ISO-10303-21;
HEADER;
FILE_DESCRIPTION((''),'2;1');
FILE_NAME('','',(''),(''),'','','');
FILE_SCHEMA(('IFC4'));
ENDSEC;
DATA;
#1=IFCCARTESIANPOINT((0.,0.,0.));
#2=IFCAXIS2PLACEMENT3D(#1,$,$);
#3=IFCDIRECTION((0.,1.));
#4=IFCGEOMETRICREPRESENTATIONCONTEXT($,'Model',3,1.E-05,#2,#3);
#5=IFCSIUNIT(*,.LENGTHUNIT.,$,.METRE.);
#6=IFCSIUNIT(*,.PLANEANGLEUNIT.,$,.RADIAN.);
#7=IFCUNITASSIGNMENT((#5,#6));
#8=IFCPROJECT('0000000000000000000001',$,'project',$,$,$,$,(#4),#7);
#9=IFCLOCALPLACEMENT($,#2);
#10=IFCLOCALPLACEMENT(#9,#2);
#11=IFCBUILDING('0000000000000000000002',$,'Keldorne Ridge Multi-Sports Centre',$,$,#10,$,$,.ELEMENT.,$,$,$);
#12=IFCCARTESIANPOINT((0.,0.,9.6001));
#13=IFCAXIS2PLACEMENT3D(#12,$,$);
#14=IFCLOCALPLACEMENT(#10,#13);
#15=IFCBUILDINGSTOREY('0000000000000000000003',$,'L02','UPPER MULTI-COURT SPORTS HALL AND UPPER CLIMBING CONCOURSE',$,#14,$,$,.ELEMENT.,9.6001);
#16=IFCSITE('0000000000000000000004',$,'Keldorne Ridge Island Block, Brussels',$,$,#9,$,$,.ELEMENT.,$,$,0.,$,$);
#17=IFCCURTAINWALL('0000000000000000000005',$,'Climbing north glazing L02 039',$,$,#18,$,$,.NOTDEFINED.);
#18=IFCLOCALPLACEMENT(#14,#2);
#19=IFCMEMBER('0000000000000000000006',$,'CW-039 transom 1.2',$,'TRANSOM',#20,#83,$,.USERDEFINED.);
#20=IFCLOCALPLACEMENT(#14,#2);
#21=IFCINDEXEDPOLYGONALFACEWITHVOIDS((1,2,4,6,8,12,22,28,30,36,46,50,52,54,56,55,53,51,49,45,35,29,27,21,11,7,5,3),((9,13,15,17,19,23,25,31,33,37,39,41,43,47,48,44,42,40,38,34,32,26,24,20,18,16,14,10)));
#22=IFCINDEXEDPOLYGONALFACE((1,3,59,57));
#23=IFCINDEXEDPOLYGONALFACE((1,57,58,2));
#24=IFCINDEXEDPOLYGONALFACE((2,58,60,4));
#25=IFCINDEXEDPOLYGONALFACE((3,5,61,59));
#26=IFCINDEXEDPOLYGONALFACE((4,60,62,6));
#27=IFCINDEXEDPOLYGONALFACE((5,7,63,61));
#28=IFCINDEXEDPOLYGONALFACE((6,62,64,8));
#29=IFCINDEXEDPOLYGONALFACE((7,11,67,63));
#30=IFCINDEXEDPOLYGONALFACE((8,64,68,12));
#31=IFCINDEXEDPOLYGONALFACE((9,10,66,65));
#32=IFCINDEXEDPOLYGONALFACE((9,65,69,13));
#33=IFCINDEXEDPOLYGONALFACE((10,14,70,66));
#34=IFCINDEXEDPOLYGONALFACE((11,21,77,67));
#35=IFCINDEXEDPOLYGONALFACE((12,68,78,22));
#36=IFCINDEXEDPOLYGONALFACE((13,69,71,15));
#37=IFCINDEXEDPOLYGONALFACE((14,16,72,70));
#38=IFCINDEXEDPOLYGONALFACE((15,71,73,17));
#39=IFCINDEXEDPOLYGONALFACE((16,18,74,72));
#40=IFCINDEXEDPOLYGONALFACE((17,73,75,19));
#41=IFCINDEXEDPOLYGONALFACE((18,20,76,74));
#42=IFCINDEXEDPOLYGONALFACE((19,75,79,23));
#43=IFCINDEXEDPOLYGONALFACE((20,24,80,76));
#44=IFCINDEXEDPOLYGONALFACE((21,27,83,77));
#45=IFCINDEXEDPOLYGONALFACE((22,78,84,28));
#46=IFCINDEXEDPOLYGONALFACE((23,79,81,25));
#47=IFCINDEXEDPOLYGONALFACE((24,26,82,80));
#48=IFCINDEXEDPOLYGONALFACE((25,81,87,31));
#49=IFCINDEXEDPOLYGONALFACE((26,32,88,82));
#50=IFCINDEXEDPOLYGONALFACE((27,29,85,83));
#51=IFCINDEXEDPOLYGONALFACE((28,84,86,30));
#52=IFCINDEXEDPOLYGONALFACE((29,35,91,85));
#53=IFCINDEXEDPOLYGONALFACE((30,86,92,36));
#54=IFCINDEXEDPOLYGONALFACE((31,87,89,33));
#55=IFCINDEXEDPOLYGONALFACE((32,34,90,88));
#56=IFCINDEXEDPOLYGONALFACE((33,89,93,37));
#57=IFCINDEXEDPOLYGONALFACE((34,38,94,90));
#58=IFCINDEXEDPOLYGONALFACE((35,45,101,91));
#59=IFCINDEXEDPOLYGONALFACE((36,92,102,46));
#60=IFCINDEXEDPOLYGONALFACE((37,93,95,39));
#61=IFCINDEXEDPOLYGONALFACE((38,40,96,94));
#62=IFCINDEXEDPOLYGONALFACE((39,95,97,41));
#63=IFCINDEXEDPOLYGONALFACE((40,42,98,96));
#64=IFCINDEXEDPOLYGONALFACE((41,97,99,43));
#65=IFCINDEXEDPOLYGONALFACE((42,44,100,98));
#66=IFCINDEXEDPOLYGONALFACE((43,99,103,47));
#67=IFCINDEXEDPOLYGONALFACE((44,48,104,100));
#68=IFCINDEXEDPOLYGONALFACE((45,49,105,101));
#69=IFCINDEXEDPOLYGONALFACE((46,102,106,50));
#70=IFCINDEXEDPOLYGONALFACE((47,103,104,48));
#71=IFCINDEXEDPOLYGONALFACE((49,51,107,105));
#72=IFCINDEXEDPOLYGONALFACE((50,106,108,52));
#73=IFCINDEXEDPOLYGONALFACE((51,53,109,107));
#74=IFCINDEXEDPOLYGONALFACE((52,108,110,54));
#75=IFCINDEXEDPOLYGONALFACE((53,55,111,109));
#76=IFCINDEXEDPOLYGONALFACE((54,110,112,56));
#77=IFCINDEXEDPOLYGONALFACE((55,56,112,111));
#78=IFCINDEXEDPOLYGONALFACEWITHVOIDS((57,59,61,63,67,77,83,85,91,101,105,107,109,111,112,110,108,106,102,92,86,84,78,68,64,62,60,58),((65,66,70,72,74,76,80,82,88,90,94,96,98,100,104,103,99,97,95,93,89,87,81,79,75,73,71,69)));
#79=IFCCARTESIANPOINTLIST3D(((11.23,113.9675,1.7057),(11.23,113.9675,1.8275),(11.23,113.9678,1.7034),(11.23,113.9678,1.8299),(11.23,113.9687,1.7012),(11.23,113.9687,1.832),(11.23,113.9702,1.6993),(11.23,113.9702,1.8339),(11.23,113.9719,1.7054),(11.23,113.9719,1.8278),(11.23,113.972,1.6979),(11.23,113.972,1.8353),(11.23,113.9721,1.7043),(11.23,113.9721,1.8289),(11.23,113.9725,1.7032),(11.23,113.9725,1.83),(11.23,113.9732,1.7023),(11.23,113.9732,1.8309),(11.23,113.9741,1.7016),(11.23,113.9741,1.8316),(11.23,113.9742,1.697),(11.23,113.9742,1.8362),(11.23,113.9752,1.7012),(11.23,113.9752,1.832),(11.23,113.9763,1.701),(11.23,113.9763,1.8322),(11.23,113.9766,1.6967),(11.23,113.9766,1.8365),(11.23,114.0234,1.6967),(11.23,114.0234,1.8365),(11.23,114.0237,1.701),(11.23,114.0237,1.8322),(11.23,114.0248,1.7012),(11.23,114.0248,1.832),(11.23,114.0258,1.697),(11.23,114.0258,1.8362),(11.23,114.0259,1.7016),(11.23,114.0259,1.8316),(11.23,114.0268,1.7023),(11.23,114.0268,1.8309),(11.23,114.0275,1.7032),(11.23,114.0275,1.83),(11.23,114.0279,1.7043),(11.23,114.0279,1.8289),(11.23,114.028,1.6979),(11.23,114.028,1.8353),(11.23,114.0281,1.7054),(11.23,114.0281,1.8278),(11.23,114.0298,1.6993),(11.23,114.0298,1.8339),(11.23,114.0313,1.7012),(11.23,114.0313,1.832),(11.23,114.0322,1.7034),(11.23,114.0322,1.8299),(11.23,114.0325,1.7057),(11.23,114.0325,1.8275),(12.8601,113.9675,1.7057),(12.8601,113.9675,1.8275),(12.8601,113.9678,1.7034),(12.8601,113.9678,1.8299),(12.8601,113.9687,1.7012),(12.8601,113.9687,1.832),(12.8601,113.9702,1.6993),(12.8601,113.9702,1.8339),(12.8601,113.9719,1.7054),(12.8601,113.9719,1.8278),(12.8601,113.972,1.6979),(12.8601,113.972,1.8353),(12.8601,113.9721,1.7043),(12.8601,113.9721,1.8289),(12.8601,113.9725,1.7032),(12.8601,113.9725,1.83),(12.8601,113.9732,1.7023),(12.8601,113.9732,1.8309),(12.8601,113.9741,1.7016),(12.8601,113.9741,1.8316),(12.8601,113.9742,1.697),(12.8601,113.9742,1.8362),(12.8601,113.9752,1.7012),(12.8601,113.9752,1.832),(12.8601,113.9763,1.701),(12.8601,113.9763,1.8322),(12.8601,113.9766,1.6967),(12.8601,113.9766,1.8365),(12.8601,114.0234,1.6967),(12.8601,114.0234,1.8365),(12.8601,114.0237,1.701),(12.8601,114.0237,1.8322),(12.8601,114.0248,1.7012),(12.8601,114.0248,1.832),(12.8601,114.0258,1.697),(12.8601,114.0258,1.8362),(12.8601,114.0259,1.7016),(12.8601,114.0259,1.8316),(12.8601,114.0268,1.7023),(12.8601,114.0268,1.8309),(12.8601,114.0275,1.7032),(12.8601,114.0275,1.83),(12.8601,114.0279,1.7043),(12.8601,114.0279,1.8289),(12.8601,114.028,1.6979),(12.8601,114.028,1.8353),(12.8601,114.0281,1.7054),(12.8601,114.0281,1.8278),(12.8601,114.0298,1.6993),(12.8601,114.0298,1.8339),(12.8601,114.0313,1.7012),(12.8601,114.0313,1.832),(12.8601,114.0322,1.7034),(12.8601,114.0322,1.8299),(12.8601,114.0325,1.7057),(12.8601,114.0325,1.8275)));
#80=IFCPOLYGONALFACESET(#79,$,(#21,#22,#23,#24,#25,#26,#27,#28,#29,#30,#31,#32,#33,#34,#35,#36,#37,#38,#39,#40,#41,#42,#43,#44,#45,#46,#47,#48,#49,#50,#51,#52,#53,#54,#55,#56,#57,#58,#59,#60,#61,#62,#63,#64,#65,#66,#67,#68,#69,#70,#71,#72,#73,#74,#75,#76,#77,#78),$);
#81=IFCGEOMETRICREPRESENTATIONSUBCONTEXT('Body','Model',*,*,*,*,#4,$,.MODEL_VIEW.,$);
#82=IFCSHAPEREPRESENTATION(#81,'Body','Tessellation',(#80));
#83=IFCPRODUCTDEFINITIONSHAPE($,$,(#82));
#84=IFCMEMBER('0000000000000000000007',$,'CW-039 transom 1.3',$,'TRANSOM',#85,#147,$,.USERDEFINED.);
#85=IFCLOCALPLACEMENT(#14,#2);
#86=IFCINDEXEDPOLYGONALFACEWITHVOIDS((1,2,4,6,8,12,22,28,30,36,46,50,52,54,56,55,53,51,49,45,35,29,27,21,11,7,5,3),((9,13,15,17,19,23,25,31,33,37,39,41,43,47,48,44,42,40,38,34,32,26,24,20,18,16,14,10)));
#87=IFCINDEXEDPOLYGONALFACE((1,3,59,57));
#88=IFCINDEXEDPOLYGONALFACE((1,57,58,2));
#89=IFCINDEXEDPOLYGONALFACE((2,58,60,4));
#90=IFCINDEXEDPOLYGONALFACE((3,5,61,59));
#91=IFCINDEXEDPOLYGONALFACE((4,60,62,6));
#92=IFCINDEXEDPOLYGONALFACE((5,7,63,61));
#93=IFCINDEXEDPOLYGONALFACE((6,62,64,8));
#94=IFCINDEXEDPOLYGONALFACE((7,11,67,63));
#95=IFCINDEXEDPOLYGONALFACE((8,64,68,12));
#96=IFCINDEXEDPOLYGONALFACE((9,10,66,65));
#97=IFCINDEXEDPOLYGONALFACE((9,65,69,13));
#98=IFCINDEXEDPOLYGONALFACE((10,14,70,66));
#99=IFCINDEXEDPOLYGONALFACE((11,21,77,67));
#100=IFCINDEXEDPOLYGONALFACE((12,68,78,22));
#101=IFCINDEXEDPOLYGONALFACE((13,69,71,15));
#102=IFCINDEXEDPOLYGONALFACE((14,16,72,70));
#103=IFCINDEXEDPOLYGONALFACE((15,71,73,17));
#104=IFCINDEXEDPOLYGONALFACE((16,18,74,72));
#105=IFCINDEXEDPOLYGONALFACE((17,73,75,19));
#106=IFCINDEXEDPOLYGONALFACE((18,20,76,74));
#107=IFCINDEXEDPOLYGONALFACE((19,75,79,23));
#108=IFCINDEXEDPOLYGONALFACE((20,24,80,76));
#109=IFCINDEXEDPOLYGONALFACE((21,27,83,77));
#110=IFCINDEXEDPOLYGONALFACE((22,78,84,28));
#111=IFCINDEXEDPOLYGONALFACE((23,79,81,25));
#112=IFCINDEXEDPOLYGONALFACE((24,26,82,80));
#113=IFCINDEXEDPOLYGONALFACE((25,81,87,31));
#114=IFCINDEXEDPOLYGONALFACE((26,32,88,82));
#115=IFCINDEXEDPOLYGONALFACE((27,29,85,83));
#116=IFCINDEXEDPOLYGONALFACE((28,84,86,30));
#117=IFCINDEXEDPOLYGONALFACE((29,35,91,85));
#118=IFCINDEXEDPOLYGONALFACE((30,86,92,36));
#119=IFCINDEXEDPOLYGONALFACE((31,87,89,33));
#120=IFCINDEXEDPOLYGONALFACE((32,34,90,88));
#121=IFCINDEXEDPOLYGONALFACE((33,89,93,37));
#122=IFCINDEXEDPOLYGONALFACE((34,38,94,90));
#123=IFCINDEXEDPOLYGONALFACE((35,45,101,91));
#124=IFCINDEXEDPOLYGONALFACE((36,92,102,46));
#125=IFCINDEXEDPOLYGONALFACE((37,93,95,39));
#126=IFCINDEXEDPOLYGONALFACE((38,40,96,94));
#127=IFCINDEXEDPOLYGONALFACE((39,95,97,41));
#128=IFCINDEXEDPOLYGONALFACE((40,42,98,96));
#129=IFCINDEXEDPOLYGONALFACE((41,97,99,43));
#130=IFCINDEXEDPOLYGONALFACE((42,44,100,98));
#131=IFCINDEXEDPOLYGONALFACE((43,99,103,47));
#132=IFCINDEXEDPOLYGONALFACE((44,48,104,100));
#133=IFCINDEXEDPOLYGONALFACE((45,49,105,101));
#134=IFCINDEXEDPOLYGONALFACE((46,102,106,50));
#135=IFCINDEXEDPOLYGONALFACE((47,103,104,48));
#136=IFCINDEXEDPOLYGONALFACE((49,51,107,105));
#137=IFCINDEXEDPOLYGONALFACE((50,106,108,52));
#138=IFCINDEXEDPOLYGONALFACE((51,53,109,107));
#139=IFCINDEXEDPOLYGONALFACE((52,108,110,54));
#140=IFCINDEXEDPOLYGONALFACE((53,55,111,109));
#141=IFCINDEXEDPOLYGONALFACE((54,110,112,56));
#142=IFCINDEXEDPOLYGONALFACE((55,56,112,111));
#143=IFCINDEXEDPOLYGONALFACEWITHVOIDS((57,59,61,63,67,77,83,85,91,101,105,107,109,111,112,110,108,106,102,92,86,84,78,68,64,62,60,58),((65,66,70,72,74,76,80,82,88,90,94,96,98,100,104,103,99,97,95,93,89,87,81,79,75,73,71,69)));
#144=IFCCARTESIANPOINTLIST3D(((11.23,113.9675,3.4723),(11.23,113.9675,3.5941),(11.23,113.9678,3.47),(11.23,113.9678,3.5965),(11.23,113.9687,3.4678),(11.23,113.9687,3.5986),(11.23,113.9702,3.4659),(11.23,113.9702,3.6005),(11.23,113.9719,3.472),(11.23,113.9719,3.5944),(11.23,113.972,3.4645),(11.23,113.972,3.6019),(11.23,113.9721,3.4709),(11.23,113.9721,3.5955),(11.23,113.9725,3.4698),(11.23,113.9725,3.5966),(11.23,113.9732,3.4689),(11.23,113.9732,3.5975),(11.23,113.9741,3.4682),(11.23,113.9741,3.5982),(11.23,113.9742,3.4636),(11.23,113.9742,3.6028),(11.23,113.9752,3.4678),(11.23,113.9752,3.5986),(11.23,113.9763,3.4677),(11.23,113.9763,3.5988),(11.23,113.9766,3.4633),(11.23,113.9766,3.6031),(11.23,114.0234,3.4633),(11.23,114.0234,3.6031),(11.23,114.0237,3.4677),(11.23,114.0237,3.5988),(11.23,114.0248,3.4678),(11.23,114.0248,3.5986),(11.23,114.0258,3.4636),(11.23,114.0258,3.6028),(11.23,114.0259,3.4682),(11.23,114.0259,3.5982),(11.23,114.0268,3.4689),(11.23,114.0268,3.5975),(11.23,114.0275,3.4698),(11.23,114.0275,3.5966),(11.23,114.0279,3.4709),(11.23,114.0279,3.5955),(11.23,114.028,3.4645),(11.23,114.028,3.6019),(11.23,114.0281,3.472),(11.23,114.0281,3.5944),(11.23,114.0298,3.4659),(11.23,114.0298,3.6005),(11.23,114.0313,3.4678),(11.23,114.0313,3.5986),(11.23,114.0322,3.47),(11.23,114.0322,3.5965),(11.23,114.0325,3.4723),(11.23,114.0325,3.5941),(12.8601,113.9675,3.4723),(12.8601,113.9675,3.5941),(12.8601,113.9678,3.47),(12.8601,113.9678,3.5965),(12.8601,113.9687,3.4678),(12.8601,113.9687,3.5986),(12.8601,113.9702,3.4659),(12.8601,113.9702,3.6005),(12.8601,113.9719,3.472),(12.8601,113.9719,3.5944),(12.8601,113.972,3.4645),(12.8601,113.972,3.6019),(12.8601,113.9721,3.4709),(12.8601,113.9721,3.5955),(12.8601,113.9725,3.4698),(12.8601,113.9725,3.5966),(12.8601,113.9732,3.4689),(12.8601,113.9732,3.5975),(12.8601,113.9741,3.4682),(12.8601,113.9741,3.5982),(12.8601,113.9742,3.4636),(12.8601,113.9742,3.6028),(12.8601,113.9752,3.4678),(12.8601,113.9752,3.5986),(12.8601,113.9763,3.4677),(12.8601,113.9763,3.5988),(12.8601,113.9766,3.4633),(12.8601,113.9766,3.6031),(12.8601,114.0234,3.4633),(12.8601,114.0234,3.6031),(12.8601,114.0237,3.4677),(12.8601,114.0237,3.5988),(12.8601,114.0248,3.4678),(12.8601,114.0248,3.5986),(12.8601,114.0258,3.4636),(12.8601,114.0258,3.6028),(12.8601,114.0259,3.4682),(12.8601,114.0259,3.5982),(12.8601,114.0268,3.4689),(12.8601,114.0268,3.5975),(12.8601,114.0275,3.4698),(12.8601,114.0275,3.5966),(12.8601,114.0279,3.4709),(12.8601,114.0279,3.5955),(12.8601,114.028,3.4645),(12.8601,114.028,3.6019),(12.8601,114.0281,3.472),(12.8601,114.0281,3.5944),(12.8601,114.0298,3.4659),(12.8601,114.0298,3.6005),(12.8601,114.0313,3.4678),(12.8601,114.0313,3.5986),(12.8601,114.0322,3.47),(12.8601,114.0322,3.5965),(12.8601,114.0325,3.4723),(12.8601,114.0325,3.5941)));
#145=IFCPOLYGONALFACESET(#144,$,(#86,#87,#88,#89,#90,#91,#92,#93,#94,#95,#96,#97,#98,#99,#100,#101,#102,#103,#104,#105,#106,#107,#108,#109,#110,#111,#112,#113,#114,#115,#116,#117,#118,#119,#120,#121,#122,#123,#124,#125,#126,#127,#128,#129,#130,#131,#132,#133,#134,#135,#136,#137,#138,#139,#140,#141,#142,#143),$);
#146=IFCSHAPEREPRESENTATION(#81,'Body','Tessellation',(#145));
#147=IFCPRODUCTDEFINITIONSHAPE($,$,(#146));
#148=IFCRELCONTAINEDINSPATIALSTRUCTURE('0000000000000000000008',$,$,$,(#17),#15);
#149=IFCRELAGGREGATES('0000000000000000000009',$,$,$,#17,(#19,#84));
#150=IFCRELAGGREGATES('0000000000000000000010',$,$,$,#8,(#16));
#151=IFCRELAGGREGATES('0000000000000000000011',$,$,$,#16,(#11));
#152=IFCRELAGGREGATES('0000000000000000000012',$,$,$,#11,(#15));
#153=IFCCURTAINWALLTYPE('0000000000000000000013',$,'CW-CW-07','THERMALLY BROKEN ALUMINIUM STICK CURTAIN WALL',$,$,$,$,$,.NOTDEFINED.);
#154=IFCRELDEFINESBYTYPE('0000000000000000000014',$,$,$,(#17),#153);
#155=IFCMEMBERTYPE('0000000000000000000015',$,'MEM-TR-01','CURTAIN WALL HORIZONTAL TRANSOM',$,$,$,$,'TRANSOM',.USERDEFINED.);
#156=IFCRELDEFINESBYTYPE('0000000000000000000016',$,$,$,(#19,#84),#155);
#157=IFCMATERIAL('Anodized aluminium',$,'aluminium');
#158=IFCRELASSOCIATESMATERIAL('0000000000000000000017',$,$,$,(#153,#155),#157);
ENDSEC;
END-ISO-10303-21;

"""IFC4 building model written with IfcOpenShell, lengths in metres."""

from ifc_helpers import new_model, si_unit, direction, frame, origin, origin_2d, place, context, subcontext, project, spatial, hollow_rectangle, extrude, material, material_profile, profile_set, type_object, element, aggregate, save


model = new_model("IFC4")

# Units and contexts
model_context = context("Model", 3, precision=1e-05, world=origin(), true_north=direction((0.0, 1.0)))
body_context = subcontext(model_context, "Body", "Model", "MODEL_VIEW")
ifc_project = project(units=[si_unit("LENGTHUNIT", "METRE"), si_unit("PLANEANGLEUNIT", "RADIAN")], contexts=[model_context])

# Site, building, storey
site_placement = place(None, origin())
site = spatial("IfcSite", under=ifc_project, at=site_placement, Name="Keldorne Ridge Island Block, Brussels", CompositionType="ELEMENT", RefElevation=0.0)
building_placement = place(site_placement, origin())
building = spatial("IfcBuilding", under=site, at=building_placement, Name="Keldorne Ridge Multi-Sports Centre", CompositionType="ELEMENT")
storey_placement = place(building_placement, frame((0.0, 0.0, 9.6001)))
storey = spatial("IfcBuildingStorey", under=building, at=storey_placement, Name="L02", Description="UPPER MULTI-COURT SPORTS HALL AND UPPER CLIMBING CONCOURSE", CompositionType="ELEMENT", Elevation=9.6001)

# Curtain wall
ifc_material_1 = material(Name="Anodized aluminium", Category="aluminium")
curtain_wall_type = type_object("IfcCurtainWallType", Name="CW-CW-07", Description="THERMALLY BROKEN ALUMINIUM STICK CURTAIN WALL", PredefinedType="NOTDEFINED", material=ifc_material_1)
curtain_wall_placement = place(storey_placement, origin())
curtain_wall = element("IfcCurtainWall", 1, at=curtain_wall_placement, inside=storey, type_object=curtain_wall_type, Name="Climbing north glazing L02 039", PredefinedType="NOTDEFINED")

# Members
ifc_material_profile_1 = material_profile(ifc_material_1, hollow_rectangle(XDim=0.0649, YDim=0.1399, WallThickness=0.0044, InnerFilletRadius=0.0044, OuterFilletRadius=0.009, at=origin_2d()), Name="ALU TRANSOM 140x65x4.5")
ifc_profile_set_1 = profile_set([ifc_material_profile_1], Name="Anodized aluminium")
member_type_1 = type_object("IfcMemberType", Name="MEM-TR-01", Description="CURTAIN WALL HORIZONTAL TRANSOM", ElementType="TRANSOM", PredefinedType="USERDEFINED", material=ifc_profile_set_1)
member_1_placement = place(storey_placement, frame((12.8601, 114.0, 1.7666), z_axis=(-1.0, 0.0, 0.0), x_axis=(0.0, -1.0, 0.0)))
member_1 = element("IfcMember", 2, at=member_1_placement, type_object=member_type_1, Name="CW-039 transom 1.2", ObjectType="TRANSOM", PredefinedType="USERDEFINED", context=body_context, shape_type="SweptSolid", body=[
    extrude(hollow_rectangle(XDim=0.0649, YDim=0.1399, WallThickness=0.0044, InnerFilletRadius=0.0044, OuterFilletRadius=0.009, at=origin_2d()), origin(), (0.0, 0.0, 1.0), 1.6301),
])
member_2_placement = place(storey_placement, frame((12.8601, 114.0, 3.5332), z_axis=(-1.0, 0.0, 0.0), x_axis=(0.0, -1.0, 0.0)))
member_2 = element("IfcMember", 3, at=member_2_placement, type_object=member_type_1, Name="CW-039 transom 1.3", ObjectType="TRANSOM", PredefinedType="USERDEFINED", context=body_context, shape_type="SweptSolid", body=[
    extrude(hollow_rectangle(XDim=0.0649, YDim=0.1399, WallThickness=0.0044, InnerFilletRadius=0.0044, OuterFilletRadius=0.009, at=origin_2d()), origin(), (0.0, 0.0, 1.0), 1.6301),
])

aggregate(curtain_wall, [member_1, member_2])

save(model, "model.ifc")
